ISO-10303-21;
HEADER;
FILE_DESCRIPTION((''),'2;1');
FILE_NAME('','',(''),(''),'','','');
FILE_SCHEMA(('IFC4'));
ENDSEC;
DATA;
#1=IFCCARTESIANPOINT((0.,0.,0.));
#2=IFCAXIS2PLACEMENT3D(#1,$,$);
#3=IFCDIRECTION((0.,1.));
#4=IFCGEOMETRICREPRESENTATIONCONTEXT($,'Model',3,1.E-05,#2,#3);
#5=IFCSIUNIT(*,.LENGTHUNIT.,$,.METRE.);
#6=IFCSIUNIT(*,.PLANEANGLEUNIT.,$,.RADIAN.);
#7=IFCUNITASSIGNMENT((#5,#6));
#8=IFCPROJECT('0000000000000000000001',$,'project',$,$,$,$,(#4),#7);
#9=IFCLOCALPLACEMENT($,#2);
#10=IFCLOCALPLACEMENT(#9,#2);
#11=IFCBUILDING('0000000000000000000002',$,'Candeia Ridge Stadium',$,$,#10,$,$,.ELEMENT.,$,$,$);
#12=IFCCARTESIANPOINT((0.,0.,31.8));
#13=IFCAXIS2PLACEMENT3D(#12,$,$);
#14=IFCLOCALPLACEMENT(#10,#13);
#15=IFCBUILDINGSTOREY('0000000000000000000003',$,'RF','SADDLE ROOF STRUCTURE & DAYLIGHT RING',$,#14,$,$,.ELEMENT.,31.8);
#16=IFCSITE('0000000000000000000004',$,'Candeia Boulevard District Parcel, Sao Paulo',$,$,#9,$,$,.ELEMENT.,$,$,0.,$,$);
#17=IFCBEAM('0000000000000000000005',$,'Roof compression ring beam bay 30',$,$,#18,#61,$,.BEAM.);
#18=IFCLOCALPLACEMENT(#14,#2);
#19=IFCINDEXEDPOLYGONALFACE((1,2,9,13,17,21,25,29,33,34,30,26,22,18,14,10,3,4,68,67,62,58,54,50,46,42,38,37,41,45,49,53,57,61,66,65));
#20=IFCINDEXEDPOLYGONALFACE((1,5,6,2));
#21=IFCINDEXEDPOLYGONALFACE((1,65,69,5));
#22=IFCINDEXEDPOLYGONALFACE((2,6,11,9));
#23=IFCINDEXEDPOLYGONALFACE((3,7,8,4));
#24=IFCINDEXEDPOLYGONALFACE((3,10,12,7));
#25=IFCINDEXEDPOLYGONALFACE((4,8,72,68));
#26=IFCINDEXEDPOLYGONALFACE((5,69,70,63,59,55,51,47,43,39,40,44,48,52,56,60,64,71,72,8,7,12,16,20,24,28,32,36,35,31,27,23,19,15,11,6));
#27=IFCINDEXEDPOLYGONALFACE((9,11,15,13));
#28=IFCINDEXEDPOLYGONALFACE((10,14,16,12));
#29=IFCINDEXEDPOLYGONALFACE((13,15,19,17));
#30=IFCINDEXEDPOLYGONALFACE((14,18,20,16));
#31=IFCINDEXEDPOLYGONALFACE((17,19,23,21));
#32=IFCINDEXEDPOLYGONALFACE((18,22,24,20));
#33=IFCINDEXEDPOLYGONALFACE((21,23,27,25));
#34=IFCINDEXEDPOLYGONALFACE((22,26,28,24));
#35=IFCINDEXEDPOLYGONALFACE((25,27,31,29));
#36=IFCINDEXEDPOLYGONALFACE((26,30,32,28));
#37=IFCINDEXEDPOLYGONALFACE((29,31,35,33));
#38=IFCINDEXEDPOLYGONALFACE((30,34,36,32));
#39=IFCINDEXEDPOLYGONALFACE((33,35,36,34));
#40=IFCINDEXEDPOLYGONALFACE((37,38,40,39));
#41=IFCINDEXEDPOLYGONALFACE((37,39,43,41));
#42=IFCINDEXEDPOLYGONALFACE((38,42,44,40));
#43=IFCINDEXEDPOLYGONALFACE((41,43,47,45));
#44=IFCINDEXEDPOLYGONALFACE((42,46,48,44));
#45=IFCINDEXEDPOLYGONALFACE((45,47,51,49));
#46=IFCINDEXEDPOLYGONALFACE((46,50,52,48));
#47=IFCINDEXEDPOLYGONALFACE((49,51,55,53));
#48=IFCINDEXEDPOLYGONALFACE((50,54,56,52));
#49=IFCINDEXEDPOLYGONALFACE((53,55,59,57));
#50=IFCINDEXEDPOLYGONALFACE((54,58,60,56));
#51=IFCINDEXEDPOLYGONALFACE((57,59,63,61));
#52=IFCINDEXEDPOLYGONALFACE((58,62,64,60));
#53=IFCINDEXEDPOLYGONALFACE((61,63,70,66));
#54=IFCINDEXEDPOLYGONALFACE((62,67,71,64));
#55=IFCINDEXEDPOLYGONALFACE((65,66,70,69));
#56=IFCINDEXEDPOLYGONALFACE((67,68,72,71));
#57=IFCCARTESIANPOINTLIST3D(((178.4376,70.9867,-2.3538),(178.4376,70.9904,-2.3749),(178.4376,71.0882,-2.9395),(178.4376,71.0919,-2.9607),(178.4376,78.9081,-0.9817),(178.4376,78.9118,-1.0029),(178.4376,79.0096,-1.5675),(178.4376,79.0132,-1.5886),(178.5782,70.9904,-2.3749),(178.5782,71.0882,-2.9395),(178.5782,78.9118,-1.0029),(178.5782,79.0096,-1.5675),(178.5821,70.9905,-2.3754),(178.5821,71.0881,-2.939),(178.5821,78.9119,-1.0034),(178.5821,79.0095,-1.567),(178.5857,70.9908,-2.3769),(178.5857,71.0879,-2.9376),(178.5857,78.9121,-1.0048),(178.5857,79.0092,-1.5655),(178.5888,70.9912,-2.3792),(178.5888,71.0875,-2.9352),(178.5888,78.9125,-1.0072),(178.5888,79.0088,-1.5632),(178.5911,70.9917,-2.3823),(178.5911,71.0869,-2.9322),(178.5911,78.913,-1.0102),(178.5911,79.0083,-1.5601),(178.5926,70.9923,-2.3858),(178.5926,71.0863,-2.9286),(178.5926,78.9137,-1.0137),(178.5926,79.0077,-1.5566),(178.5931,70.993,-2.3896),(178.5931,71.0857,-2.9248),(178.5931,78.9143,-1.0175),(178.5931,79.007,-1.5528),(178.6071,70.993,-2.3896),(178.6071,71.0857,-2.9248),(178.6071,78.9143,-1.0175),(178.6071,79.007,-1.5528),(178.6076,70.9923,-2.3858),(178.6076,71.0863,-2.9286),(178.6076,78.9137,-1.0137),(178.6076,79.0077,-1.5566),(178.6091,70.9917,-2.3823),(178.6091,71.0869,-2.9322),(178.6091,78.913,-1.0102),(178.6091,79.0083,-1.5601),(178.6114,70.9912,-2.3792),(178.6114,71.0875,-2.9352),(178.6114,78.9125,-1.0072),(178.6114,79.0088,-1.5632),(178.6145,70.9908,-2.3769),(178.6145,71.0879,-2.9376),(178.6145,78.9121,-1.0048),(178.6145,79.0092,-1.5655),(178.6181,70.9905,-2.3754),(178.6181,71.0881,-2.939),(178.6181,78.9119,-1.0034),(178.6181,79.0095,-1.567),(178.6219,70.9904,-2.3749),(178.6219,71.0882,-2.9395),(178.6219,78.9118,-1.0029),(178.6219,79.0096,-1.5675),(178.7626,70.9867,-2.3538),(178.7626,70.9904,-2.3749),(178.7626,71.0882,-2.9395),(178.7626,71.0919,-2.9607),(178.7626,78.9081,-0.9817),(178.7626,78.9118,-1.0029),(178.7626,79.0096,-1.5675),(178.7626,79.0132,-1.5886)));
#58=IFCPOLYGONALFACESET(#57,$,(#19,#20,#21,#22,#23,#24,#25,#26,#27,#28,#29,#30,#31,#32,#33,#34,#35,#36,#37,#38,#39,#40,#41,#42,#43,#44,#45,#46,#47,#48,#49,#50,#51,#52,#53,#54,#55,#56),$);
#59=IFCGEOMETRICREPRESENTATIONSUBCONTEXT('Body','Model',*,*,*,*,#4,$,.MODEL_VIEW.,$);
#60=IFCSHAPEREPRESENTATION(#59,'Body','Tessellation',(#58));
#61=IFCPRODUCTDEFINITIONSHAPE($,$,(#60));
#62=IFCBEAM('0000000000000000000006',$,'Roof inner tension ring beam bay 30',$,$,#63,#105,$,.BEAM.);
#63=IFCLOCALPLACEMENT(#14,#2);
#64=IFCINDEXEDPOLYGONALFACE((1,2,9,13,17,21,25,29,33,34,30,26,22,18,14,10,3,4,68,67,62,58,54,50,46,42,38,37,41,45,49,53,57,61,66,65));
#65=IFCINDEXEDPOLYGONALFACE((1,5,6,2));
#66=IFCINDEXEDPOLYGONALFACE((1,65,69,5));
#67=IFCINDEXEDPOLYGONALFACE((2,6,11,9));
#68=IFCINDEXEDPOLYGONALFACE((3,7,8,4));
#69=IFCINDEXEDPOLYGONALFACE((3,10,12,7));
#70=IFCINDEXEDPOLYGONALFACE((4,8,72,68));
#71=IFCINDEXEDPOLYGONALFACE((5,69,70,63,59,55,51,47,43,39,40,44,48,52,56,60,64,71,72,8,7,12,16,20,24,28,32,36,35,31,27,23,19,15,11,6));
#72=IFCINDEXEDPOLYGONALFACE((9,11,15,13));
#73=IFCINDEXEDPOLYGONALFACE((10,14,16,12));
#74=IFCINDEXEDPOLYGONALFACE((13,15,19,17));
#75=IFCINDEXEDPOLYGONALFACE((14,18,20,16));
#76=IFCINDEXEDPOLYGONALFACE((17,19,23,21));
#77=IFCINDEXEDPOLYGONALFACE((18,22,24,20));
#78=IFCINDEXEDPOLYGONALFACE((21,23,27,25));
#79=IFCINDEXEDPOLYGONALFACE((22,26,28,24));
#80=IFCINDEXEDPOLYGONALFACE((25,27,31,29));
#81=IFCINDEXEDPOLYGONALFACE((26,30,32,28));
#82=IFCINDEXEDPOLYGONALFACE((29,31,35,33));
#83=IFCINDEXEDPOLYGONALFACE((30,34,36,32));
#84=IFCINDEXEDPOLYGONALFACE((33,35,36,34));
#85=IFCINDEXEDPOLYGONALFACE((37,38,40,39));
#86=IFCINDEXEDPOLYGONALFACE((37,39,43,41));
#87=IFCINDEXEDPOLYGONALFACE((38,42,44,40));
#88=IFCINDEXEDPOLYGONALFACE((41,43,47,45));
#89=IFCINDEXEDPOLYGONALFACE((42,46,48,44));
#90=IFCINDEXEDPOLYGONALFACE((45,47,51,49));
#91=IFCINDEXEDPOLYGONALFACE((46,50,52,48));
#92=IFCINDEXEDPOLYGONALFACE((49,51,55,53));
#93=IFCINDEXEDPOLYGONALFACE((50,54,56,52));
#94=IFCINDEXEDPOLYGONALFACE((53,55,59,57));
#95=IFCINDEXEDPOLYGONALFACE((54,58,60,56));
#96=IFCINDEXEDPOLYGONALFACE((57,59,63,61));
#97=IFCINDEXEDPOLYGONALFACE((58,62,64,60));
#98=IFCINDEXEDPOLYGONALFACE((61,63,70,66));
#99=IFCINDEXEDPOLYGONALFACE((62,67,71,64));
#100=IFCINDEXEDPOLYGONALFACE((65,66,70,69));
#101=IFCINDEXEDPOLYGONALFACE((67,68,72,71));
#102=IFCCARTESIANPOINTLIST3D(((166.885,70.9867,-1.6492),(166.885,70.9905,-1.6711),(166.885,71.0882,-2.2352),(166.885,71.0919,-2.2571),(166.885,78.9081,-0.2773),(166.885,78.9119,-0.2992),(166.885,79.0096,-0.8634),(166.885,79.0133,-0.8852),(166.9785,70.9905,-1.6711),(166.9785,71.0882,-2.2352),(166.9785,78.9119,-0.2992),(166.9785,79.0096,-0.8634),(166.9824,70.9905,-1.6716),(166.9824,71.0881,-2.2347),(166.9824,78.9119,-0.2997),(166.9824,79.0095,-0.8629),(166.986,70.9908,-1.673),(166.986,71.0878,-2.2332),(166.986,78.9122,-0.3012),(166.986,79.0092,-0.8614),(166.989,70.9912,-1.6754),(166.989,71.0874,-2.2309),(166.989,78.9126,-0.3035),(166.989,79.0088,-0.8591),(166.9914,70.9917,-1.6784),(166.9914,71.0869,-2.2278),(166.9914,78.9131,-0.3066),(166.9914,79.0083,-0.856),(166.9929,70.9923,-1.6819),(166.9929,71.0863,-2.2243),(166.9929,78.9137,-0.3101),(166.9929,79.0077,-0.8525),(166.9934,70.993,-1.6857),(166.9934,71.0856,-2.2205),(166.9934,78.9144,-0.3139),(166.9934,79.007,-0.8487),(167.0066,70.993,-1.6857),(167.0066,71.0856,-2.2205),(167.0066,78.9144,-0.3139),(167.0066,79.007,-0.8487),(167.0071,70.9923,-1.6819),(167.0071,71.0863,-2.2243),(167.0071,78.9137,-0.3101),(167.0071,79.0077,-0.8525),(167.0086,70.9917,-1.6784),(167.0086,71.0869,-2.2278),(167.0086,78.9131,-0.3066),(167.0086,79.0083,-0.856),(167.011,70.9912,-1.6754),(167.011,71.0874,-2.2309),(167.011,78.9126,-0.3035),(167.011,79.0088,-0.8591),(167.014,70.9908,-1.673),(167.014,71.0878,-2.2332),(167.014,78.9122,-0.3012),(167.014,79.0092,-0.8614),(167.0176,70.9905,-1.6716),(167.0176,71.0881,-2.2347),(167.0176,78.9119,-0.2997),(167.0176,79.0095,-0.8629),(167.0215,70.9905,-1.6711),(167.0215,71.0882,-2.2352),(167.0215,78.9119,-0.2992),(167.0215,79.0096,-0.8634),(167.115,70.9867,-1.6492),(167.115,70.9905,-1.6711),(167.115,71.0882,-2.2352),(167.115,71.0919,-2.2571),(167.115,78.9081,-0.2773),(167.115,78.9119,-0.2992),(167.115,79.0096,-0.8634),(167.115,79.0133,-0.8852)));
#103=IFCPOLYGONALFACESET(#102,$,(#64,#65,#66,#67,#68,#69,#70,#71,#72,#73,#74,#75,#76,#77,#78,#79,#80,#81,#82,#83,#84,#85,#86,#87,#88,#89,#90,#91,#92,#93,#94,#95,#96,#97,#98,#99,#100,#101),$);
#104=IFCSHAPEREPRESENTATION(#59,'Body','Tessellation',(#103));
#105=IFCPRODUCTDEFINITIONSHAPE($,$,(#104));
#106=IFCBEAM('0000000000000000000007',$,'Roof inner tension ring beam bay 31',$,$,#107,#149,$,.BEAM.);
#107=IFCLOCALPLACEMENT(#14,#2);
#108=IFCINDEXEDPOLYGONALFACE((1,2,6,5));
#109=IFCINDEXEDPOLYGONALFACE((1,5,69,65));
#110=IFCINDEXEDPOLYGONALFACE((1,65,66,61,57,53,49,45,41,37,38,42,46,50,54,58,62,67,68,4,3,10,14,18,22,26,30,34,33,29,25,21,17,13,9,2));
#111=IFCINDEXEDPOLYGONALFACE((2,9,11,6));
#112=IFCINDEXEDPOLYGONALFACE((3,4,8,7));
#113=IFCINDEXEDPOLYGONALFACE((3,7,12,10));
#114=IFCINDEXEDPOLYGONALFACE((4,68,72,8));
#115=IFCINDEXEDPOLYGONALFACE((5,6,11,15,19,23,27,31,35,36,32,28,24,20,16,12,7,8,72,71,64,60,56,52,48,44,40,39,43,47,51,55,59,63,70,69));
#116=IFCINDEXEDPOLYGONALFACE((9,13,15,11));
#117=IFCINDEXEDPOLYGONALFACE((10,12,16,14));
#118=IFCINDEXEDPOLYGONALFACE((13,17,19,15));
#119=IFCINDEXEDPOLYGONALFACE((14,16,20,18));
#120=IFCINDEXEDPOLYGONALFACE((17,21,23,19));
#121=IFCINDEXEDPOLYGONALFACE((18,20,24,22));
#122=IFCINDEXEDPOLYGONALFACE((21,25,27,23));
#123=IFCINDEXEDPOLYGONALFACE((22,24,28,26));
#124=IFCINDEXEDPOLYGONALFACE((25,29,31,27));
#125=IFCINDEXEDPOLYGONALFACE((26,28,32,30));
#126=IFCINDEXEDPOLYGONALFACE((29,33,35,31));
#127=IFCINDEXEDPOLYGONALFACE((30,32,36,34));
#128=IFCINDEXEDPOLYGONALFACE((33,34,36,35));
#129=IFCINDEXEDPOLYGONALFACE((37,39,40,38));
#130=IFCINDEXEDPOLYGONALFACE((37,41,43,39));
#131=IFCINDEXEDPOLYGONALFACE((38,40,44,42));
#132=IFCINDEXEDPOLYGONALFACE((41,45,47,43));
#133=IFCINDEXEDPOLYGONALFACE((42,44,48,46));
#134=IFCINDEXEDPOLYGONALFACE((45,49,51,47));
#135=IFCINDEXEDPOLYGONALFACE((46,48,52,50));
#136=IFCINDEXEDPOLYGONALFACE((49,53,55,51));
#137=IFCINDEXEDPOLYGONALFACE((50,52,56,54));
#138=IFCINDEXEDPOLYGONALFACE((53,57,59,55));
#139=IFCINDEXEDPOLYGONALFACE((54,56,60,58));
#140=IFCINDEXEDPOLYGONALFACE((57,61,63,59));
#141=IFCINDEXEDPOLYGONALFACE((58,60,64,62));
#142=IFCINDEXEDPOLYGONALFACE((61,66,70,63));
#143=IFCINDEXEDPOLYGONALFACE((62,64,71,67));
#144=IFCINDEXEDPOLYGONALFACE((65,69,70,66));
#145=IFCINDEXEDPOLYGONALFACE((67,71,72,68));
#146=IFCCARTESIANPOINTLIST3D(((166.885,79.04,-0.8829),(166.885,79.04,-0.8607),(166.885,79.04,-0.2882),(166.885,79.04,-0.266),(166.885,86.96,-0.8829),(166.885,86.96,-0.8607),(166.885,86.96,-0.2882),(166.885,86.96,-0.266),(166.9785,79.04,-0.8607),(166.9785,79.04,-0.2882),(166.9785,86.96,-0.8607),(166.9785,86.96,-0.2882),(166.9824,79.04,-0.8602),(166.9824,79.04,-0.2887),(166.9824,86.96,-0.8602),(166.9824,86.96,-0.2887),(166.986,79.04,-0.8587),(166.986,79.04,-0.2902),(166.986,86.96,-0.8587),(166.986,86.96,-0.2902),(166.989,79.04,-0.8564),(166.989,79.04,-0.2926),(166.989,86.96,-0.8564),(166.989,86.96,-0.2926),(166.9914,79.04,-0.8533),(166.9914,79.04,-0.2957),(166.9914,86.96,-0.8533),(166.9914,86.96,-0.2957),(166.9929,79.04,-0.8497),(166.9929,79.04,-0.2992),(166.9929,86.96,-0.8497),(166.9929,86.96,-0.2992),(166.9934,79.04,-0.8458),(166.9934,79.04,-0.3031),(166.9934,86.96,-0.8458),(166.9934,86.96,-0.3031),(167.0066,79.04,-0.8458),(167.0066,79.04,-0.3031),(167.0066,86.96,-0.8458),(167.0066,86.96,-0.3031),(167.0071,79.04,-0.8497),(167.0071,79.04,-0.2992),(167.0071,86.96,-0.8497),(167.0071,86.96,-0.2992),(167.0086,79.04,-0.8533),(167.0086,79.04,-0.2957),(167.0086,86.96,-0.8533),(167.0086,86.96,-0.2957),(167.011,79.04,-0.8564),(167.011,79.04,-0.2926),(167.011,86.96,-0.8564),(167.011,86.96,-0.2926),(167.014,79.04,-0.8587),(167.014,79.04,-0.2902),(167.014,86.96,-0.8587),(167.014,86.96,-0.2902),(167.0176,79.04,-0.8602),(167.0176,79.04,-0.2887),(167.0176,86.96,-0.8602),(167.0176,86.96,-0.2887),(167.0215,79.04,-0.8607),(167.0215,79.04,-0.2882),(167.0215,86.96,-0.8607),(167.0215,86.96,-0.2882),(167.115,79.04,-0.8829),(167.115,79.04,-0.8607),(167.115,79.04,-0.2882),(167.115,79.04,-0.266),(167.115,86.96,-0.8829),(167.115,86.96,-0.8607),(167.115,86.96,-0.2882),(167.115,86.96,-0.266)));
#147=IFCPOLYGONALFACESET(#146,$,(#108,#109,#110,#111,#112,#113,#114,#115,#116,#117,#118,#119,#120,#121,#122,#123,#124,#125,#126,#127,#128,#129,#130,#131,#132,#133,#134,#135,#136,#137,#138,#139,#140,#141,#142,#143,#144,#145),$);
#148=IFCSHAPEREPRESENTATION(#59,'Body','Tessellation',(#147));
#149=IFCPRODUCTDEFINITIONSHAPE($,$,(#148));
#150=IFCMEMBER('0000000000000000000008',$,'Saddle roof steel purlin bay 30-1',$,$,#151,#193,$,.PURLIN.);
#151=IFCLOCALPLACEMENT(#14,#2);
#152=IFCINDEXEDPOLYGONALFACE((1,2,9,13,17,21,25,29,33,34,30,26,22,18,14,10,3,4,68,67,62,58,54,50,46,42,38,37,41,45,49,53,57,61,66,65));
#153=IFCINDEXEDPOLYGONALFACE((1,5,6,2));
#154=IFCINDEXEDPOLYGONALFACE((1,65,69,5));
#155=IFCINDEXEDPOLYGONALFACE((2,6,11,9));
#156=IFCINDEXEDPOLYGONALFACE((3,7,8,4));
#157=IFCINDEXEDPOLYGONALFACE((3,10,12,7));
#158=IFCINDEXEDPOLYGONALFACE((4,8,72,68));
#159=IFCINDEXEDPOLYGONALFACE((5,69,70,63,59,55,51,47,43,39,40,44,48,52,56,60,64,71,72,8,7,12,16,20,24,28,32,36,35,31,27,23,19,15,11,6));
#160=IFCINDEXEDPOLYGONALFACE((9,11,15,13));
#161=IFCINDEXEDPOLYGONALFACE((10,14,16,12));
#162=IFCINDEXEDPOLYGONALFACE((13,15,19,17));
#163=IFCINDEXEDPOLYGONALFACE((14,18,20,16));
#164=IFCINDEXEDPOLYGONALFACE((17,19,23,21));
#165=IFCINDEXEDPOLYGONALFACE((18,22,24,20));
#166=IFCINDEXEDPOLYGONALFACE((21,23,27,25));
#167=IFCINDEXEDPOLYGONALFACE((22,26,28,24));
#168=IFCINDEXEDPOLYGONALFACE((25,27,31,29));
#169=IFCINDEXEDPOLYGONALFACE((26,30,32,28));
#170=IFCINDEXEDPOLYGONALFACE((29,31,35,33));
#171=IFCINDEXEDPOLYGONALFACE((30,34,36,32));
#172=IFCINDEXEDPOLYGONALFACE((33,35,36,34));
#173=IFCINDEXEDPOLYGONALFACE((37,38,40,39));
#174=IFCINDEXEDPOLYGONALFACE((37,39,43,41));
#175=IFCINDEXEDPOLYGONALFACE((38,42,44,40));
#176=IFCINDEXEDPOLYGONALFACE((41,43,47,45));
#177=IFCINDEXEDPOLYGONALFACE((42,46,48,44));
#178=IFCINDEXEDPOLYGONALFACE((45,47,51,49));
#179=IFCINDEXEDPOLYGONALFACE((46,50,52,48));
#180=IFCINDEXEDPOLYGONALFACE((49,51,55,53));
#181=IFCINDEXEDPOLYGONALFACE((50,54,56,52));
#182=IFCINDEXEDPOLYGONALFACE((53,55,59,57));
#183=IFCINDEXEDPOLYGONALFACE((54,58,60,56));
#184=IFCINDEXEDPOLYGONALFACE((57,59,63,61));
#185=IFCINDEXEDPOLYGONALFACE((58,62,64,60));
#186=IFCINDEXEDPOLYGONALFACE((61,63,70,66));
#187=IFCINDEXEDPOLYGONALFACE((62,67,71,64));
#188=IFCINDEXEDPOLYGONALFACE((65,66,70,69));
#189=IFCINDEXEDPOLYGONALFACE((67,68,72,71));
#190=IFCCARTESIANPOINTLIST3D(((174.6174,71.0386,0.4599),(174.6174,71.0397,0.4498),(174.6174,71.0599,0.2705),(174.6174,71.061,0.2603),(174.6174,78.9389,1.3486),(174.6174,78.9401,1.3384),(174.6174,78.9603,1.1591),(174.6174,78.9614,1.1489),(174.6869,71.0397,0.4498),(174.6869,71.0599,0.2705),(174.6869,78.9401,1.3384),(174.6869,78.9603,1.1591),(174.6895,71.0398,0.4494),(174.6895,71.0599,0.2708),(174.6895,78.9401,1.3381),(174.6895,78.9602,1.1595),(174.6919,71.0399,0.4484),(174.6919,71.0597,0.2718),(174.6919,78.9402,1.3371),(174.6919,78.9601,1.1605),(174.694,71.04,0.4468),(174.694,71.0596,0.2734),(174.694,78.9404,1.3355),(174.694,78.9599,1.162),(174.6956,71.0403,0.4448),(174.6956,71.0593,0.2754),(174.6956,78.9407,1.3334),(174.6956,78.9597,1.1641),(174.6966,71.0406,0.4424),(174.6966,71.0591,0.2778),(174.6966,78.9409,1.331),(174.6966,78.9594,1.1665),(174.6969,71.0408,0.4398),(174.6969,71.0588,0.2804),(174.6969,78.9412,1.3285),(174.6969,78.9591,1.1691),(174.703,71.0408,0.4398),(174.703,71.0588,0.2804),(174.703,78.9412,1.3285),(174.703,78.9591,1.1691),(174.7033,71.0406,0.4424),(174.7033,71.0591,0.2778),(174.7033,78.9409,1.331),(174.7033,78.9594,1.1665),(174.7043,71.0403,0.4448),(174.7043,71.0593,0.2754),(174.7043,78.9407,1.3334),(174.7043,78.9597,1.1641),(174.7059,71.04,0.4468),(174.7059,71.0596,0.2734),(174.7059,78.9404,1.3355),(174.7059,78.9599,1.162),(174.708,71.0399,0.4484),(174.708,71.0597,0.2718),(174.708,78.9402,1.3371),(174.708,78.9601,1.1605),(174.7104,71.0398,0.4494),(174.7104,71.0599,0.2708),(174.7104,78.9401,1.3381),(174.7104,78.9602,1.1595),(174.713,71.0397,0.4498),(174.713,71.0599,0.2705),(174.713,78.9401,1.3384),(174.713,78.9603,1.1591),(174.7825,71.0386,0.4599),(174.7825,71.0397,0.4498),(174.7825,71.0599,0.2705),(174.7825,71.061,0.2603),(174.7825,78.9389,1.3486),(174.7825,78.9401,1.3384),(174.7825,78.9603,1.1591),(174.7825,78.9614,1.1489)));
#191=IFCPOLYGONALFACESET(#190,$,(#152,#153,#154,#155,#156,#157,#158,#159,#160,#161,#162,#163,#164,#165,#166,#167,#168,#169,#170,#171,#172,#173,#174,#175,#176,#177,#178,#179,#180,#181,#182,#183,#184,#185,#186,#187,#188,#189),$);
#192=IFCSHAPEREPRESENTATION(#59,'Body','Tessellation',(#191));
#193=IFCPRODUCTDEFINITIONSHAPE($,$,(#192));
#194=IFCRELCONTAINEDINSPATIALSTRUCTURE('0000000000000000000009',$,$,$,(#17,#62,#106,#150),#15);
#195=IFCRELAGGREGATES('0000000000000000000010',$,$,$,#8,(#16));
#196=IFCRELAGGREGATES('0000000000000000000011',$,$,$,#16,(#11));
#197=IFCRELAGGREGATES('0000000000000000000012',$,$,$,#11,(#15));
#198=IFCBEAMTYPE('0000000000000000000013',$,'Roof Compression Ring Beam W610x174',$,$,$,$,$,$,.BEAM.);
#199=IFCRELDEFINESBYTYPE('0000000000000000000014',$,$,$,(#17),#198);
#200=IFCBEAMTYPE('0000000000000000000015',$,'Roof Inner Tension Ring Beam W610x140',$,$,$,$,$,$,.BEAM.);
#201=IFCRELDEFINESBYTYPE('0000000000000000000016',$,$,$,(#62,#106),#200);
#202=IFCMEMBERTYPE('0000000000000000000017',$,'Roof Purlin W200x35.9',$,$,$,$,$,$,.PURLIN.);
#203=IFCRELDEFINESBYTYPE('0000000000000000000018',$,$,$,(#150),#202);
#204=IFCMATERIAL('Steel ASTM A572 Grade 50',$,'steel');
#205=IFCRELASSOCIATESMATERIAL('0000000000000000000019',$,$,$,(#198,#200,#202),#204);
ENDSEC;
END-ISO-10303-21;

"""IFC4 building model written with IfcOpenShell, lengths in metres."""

from ifc_helpers import new_model, si_unit, direction, frame, origin, origin_2d, place, context, subcontext, project, spatial, i_section, extrude, material, material_profile, profile_set, type_object, element, save


model = new_model("IFC4")

# Units and contexts
model_context = context("Model", 3, precision=1e-05, world=origin(), true_north=direction((0.0, 1.0)))
body_context = subcontext(model_context, "Body", "Model", "MODEL_VIEW")
ifc_project = project(units=[si_unit("LENGTHUNIT", "METRE"), si_unit("PLANEANGLEUNIT", "RADIAN")], contexts=[model_context])

# Site, building, storey
site_placement = place(None, origin())
site = spatial("IfcSite", under=ifc_project, at=site_placement, Name="Candeia Boulevard District Parcel, Sao Paulo", CompositionType="ELEMENT", RefElevation=0.0)
building_placement = place(site_placement, origin())
building = spatial("IfcBuilding", under=site, at=building_placement, Name="Candeia Ridge Stadium", CompositionType="ELEMENT")
storey_placement = place(building_placement, frame((0.0, 0.0, 31.8)))
storey = spatial("IfcBuildingStorey", under=building, at=storey_placement, Name="RF", Description="SADDLE ROOF STRUCTURE & DAYLIGHT RING", CompositionType="ELEMENT", Elevation=31.8)

# Beams
ifc_material_1 = material(Name="Steel ASTM A572 Grade 50", Category="steel")
ifc_material_profile_1 = material_profile(ifc_material_1, i_section(OverallWidth=0.325, OverallDepth=0.616, WebThickness=0.0139, FlangeThickness=0.0215, FilletRadius=0.0149, at=origin_2d()), Name="W610x174", Category="steel")
ifc_profile_set_1 = profile_set([ifc_material_profile_1], Name="Steel ASTM A572 Grade 50")
beam_type_1 = type_object("IfcBeamType", Name="Roof Compression Ring Beam W610x174", PredefinedType="BEAM", material=ifc_profile_set_1)
beam_1_placement = place(storey_placement, frame((178.6001, 71.0393, -2.6572), z_axis=(0.0, 0.985328, 0.17067), x_axis=(-1.0, 0.0, 0.0)))
element("IfcBeam", 1, at=beam_1_placement, inside=storey, type_object=beam_type_1, Name="Roof compression ring beam bay 30", PredefinedType="BEAM", context=body_context, shape_type="SweptSolid", body=[
    extrude(i_section(OverallWidth=0.325, OverallDepth=0.616, WebThickness=0.0139, FlangeThickness=0.0215, FilletRadius=0.0149, at=origin_2d()), origin(), (0.0, 0.0, 1.0), 8.0393),
])
ifc_material_profile_2 = material_profile(ifc_material_1, i_section(OverallWidth=0.23, OverallDepth=0.6169, WebThickness=0.0132, FlangeThickness=0.0222, FilletRadius=0.0149, at=origin_2d()), Name="W610x140", Category="steel")
ifc_profile_set_2 = profile_set([ifc_material_profile_2], Name="Steel ASTM A572 Grade 50")
beam_type_2 = type_object("IfcBeamType", Name="Roof Inner Tension Ring Beam W610x140", PredefinedType="BEAM", material=ifc_profile_set_2)
beam_2_placement = place(storey_placement, frame((167.0, 71.0393, -1.9531), z_axis=(0.0, 0.985333, 0.17064), x_axis=(-1.0, 0.0, 0.0)))
element("IfcBeam", 2, at=beam_2_placement, inside=storey, type_object=beam_type_2, Name="Roof inner tension ring beam bay 30", PredefinedType="BEAM", context=body_context, shape_type="SweptSolid", body=[
    extrude(i_section(OverallWidth=0.23, OverallDepth=0.6169, WebThickness=0.0132, FlangeThickness=0.0222, FilletRadius=0.0149, at=origin_2d()), origin(), (0.0, 0.0, 1.0), 8.0393),
])
beam_3_placement = place(storey_placement, frame((167.0, 79.04, -0.5745), z_axis=(0.0, 1.0, 0.0), x_axis=(-1.0, 0.0, 0.0)))
element("IfcBeam", 3, at=beam_3_placement, inside=storey, type_object=beam_type_2, Name="Roof inner tension ring beam bay 31", PredefinedType="BEAM", context=body_context, shape_type="SweptSolid", body=[
    extrude(i_section(OverallWidth=0.23, OverallDepth=0.6169, WebThickness=0.0132, FlangeThickness=0.0222, FilletRadius=0.0149, at=origin_2d()), origin(), (0.0, 0.0, 1.0), 7.9199),
])

# Member
ifc_material_profile_3 = material_profile(ifc_material_1, i_section(OverallWidth=0.165, OverallDepth=0.2009, WebThickness=0.0061, FlangeThickness=0.0103, FilletRadius=0.01, at=origin_2d()), Name="W200x35.9", Category="steel")
ifc_profile_set_3 = profile_set([ifc_material_profile_3], Name="Steel ASTM A572 Grade 50")
member_type_1 = type_object("IfcMemberType", Name="Roof Purlin W200x35.9", PredefinedType="PURLIN", material=ifc_profile_set_3)
member_1_placement = place(storey_placement, frame((174.7, 71.0498, 0.3601), z_axis=(0.0, 0.993733, 0.11178), x_axis=(-1.0, 0.0, 0.0)))
element("IfcMember", 4, at=member_1_placement, inside=storey, type_object=member_type_1, Name="Saddle roof steel purlin bay 30-1", PredefinedType="PURLIN", context=body_context, shape_type="SweptSolid", body=[
    extrude(i_section(OverallWidth=0.165, OverallDepth=0.2009, WebThickness=0.0061, FlangeThickness=0.0103, FilletRadius=0.01, at=origin_2d()), origin(), (0.0, 0.0, 1.0), 7.9502),
])

save(model, "model.ifc")
